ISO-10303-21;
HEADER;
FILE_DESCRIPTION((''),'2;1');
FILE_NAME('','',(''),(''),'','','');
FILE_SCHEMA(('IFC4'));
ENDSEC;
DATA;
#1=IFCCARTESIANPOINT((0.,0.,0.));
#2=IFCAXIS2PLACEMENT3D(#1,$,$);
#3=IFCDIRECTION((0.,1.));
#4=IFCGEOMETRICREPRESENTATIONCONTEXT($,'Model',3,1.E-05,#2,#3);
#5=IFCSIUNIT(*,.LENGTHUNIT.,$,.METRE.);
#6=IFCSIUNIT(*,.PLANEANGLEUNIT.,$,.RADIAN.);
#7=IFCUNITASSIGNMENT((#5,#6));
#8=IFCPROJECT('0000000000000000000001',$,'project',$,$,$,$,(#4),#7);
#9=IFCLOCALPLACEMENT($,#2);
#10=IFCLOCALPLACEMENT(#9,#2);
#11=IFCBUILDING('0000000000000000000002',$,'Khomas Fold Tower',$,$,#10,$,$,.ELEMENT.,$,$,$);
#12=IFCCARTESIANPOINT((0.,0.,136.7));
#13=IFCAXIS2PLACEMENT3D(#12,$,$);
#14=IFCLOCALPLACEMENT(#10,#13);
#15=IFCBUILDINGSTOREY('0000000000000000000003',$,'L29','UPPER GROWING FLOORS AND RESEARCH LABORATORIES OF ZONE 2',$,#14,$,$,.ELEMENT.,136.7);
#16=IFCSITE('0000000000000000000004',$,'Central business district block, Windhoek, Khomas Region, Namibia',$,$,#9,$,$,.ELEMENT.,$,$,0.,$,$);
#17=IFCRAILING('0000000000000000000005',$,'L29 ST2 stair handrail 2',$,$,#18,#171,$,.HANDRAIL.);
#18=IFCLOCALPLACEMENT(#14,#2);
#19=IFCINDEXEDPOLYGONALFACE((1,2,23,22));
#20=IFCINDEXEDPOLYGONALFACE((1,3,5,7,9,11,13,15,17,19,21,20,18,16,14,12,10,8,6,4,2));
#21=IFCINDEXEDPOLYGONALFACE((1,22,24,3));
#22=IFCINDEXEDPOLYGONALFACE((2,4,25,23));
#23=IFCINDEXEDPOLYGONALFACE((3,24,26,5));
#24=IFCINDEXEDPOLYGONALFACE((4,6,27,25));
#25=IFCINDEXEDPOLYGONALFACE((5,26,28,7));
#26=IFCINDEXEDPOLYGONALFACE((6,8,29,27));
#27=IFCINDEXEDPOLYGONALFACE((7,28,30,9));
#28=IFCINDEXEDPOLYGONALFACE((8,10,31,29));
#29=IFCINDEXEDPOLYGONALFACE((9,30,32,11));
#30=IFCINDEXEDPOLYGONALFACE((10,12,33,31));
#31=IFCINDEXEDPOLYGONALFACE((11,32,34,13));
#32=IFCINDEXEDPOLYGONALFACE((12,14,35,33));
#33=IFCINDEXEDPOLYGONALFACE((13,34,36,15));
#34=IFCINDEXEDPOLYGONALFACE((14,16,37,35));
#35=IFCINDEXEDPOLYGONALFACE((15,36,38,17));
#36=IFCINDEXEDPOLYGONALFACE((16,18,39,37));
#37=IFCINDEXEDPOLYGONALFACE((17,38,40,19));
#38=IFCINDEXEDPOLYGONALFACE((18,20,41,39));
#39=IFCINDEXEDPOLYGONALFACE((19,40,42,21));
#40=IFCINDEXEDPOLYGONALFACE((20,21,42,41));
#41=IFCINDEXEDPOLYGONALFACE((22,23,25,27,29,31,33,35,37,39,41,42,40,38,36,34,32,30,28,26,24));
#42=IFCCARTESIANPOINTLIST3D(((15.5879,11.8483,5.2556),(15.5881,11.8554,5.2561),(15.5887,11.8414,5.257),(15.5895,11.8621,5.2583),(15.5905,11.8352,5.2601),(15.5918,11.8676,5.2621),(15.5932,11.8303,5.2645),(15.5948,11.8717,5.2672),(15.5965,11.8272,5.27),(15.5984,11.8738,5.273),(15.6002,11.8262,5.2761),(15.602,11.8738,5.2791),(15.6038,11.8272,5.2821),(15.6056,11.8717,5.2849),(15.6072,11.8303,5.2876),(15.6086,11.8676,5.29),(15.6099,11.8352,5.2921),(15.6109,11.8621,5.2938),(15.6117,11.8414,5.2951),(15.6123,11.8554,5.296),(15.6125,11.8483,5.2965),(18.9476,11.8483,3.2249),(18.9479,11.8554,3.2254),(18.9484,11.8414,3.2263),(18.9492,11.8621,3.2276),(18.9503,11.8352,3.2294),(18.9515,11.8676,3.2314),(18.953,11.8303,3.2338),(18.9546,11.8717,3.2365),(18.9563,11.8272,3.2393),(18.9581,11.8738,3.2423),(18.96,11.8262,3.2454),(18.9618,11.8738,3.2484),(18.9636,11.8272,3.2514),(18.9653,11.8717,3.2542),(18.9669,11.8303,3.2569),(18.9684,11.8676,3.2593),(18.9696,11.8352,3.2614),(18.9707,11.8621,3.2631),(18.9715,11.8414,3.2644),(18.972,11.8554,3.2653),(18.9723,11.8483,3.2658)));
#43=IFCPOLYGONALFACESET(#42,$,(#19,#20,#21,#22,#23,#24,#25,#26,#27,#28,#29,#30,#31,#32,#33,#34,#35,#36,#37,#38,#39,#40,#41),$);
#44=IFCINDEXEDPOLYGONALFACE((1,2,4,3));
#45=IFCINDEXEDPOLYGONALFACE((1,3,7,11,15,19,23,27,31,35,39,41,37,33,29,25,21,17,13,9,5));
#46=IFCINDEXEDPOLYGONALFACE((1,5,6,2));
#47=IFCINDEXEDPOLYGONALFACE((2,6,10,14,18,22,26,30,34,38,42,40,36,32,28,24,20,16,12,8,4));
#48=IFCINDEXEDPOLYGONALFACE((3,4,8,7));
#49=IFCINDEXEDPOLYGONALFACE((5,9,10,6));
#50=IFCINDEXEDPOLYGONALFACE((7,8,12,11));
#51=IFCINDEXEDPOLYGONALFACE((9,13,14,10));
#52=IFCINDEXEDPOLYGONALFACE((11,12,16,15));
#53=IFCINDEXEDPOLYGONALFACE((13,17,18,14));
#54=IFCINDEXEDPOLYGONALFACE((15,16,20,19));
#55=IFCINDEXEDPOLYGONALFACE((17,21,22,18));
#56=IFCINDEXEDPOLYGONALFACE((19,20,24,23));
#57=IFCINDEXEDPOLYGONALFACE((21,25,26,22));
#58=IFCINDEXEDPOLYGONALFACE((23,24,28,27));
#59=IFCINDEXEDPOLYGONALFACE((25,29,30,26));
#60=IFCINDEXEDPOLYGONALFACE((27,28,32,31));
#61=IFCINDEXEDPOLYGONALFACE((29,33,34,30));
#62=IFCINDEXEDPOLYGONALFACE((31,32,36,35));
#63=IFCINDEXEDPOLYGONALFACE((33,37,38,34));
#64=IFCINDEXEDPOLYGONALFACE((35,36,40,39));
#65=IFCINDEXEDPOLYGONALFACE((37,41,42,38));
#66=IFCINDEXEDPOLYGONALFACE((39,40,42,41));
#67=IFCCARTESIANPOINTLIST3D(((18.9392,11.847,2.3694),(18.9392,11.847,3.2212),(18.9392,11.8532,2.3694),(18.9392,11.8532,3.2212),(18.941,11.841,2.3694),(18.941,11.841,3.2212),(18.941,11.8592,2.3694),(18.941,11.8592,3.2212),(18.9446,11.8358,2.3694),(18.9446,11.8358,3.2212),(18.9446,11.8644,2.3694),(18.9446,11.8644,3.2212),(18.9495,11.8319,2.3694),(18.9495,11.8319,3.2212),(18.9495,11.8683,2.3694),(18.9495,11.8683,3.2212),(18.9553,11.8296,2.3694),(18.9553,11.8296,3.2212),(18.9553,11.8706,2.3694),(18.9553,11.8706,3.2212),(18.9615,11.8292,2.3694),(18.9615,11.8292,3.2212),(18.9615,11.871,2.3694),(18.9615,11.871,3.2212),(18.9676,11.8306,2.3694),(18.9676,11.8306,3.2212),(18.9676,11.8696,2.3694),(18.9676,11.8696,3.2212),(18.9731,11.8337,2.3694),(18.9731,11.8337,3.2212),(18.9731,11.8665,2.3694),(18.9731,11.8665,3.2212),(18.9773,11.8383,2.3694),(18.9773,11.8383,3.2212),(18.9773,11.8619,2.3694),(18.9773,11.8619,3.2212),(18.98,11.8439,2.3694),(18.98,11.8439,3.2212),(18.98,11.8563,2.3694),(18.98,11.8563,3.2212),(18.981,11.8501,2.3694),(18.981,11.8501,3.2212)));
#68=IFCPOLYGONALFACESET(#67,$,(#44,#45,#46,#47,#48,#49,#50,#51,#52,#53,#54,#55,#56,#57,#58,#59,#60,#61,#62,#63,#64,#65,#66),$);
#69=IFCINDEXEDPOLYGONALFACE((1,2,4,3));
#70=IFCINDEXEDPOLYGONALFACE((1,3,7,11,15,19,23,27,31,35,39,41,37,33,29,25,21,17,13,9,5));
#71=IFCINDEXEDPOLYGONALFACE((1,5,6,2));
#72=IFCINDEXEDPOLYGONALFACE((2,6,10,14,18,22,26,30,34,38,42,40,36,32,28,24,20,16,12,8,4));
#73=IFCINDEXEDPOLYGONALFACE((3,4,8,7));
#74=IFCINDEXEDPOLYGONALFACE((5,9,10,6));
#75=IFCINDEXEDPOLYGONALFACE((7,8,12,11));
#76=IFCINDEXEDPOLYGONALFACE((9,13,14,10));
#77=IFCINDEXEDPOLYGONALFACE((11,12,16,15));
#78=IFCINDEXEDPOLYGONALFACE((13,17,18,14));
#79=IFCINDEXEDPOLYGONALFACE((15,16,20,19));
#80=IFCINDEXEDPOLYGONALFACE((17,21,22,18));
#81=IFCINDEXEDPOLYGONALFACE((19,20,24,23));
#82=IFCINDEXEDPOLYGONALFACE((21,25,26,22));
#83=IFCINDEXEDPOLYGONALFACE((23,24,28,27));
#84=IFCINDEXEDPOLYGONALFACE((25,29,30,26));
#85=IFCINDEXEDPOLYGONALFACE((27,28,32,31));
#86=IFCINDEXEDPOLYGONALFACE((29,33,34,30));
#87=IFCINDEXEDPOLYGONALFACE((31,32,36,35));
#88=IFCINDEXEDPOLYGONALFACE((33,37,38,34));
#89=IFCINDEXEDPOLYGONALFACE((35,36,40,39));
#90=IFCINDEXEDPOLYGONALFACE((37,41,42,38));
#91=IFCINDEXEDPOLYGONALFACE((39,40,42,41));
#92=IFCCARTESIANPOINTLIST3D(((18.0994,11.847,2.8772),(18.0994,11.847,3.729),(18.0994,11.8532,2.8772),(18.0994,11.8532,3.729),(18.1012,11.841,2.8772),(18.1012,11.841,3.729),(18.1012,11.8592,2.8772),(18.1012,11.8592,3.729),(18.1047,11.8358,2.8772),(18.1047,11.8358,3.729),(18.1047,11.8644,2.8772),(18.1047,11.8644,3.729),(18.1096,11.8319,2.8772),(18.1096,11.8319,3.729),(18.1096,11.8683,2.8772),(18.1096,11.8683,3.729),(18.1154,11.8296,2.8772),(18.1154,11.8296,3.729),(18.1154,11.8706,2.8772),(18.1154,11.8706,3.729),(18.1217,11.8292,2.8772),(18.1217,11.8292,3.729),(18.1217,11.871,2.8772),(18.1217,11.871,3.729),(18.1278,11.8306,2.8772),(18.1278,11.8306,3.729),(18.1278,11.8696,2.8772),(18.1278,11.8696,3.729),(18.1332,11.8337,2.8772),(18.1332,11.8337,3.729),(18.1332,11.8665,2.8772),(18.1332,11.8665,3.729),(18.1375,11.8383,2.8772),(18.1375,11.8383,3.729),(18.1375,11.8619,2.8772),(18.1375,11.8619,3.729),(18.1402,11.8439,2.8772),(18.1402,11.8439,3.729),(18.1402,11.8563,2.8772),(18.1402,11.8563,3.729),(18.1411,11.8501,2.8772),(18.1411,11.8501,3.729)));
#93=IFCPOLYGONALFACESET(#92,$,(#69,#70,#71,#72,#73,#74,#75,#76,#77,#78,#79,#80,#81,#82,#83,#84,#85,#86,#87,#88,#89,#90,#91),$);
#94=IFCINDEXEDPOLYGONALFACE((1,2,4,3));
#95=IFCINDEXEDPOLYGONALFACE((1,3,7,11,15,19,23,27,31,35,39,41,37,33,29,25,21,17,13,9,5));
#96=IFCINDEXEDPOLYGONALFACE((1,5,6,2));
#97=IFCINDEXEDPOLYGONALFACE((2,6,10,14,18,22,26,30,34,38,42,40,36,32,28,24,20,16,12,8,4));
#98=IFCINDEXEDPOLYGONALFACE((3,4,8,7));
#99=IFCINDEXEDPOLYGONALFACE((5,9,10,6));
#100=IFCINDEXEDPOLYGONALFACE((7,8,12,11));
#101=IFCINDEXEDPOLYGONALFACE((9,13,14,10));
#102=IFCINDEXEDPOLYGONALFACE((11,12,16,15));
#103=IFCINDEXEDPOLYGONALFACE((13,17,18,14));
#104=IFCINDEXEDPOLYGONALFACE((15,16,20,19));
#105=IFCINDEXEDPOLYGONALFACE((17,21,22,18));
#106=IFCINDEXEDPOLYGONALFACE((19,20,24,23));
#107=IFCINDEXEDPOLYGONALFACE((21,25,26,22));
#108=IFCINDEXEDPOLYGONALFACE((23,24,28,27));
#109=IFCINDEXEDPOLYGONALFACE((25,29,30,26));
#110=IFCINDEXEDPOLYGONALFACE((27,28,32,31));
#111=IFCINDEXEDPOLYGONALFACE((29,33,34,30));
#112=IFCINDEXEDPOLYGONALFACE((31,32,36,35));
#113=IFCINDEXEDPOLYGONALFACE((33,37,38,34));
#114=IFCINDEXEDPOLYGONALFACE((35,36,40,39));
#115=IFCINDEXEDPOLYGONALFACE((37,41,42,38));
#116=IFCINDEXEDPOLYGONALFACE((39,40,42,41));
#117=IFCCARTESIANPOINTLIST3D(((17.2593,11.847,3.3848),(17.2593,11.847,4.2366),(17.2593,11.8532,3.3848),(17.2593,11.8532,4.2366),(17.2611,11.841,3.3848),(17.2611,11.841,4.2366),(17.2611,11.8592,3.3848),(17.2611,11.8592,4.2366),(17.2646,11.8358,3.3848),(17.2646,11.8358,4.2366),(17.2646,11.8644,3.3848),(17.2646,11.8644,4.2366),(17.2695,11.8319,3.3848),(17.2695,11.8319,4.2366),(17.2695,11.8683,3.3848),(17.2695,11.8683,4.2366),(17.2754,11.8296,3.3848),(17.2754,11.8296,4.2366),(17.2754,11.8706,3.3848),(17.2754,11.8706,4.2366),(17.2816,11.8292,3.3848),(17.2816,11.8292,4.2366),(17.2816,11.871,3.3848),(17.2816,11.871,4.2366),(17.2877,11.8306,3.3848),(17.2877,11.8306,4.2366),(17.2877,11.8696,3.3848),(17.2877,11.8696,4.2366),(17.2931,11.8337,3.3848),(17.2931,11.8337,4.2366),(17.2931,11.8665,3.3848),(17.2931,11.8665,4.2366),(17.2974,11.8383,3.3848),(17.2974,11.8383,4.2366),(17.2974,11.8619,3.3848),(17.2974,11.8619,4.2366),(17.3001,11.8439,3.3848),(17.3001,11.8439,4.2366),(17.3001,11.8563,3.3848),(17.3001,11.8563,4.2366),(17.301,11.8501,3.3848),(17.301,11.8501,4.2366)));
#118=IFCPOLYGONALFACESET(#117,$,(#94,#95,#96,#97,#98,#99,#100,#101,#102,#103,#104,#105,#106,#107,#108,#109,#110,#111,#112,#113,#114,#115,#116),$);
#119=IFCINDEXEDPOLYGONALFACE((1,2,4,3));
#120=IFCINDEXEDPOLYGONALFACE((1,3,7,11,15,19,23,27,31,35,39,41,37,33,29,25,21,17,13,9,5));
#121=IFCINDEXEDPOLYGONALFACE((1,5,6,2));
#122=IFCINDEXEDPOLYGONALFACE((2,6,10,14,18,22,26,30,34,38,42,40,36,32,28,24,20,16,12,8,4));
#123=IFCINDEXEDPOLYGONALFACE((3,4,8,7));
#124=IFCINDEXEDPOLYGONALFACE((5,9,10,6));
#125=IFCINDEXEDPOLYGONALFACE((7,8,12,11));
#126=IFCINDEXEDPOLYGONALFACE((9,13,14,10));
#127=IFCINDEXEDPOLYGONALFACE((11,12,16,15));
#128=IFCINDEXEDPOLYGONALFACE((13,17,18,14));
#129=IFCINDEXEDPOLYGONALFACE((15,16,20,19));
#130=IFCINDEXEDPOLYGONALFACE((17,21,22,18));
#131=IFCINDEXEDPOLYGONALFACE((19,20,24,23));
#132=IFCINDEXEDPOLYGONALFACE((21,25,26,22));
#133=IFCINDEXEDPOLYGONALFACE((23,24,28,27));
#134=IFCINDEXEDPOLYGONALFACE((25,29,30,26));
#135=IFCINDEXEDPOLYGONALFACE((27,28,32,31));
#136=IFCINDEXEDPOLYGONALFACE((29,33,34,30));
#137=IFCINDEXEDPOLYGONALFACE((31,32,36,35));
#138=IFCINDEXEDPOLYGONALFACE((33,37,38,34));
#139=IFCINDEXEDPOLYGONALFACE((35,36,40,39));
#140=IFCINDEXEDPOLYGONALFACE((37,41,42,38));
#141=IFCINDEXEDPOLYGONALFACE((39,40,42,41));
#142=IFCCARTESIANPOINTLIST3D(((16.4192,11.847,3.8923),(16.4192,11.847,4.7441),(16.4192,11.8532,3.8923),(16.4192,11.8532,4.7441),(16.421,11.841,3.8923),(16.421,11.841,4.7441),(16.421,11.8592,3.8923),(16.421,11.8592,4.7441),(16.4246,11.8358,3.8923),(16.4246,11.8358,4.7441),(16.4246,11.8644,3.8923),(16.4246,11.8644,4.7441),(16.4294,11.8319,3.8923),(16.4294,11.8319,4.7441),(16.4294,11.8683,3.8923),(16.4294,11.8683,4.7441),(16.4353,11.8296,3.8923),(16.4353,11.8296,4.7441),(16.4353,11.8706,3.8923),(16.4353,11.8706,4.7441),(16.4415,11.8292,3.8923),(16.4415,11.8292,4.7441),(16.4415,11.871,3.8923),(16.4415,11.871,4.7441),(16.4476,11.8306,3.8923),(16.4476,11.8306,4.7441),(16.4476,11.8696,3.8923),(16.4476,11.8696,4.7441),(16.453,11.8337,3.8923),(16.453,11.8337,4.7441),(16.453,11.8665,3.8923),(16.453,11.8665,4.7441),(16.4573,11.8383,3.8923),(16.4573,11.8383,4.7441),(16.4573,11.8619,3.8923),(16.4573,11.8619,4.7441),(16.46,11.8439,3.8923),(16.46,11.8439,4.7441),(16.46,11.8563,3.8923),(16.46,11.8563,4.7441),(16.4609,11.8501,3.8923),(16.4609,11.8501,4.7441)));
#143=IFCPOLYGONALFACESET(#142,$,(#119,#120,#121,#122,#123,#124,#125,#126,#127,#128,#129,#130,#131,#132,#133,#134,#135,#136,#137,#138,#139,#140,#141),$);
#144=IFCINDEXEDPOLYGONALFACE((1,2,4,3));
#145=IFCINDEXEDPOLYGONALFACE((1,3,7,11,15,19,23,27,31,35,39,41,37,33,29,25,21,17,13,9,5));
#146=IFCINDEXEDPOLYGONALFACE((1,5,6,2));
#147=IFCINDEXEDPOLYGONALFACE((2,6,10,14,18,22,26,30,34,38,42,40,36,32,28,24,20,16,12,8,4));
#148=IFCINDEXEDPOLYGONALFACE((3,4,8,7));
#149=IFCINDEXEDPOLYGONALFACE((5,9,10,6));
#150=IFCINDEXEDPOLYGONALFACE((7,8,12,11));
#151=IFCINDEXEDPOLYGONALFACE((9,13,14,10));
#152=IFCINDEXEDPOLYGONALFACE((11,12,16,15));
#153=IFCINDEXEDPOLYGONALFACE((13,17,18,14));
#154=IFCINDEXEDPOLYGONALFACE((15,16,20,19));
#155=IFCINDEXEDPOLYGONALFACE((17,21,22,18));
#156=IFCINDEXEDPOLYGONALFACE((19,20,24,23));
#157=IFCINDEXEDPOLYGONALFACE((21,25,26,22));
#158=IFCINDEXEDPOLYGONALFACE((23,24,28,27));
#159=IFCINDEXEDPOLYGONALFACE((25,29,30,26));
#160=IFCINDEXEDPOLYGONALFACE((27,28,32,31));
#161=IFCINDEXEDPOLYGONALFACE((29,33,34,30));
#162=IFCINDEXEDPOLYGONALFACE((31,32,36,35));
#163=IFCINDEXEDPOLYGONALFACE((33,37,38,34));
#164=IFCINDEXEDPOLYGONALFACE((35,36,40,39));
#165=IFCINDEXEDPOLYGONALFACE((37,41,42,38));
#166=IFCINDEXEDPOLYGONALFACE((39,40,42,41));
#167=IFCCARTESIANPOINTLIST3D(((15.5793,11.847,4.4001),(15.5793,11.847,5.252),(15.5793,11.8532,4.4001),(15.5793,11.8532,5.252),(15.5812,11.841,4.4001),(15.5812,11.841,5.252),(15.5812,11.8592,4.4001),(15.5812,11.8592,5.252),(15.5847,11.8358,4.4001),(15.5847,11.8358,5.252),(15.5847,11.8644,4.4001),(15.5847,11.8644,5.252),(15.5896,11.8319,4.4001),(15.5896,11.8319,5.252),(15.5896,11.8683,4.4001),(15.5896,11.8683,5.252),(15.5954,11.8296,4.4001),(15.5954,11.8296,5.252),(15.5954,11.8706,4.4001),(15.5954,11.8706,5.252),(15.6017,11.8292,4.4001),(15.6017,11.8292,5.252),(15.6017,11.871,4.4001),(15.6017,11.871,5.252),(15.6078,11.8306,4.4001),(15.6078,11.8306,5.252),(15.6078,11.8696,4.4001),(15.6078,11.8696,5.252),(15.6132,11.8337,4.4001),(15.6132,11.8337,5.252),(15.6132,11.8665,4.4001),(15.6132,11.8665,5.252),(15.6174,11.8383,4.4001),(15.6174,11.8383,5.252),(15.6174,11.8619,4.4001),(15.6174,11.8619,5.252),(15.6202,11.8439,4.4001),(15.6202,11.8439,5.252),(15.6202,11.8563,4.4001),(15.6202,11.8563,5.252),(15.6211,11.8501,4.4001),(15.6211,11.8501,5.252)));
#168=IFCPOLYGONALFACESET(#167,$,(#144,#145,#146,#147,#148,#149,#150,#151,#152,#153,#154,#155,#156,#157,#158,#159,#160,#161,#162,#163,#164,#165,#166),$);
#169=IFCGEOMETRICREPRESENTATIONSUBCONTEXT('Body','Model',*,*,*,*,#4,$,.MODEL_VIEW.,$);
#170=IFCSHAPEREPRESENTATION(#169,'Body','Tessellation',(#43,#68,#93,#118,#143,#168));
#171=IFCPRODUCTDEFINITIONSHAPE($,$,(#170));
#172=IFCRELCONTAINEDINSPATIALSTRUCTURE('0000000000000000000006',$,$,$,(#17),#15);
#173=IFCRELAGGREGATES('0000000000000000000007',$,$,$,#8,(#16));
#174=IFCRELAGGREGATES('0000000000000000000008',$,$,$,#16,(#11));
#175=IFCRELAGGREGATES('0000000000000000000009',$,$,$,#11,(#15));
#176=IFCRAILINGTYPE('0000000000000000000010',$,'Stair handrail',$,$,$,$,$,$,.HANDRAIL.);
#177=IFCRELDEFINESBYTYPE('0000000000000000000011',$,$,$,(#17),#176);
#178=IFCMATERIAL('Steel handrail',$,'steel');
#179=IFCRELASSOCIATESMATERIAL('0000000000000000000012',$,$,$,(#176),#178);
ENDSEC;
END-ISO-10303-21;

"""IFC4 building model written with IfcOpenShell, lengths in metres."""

from ifc_helpers import new_model, si_unit, direction, frame, origin, origin_2d, place, context, subcontext, project, spatial, circle, extrude, source, transform, mapped, material, type_object, element, save


model = new_model("IFC4")

# Units and contexts
model_context = context("Model", 3, precision=1e-05, world=origin(), true_north=direction((0.0, 1.0)))
body_context = subcontext(model_context, "Body", "Model", "MODEL_VIEW")
ifc_project = project(units=[si_unit("LENGTHUNIT", "METRE"), si_unit("PLANEANGLEUNIT", "RADIAN")], contexts=[model_context])

# Site, building, storey
site_placement = place(None, origin())
site = spatial("IfcSite", under=ifc_project, at=site_placement, Name="Central business district block, Windhoek, Khomas Region, Namibia", CompositionType="ELEMENT", RefElevation=0.0)
building_placement = place(site_placement, origin())
building = spatial("IfcBuilding", under=site, at=building_placement, Name="Khomas Fold Tower", CompositionType="ELEMENT")
storey_placement = place(building_placement, frame((0.0, 0.0, 136.7)))
storey = spatial("IfcBuildingStorey", under=building, at=storey_placement, Name="L29", Description="UPPER GROWING FLOORS AND RESEARCH LABORATORIES OF ZONE 2", CompositionType="ELEMENT", Elevation=136.7)

# Railing
ifc_material_1 = material(Name="Steel handrail", Category="steel")
railing_type_1 = type_object("IfcRailingType", Name="Stair handrail", PredefinedType="HANDRAIL", material=ifc_material_1)
shared_shape_1 = source(origin(), body_context, "Body", "SweptSolid", [
    extrude(circle(Radius=0.0239, at=origin_2d()), frame((0.0, 0.0, 0.876), z_axis=(-0.85582, 0.0, 0.517273), x_axis=(0.0, -1.0, 0.0)), (0.0, 0.0, 1.0), 3.9258),
    extrude(circle(Radius=0.021, at=origin_2d()), origin(), (0.0, 0.0, 1.0), 0.8518),
    extrude(circle(Radius=0.021, at=origin_2d()), frame((-0.8398, 0.0, 0.5078)), (0.0, 0.0, 1.0), 0.8518),
    extrude(circle(Radius=0.021, at=origin_2d()), frame((-1.6799, 0.0, 1.0154)), (0.0, 0.0, 1.0), 0.8518),
    extrude(circle(Radius=0.021, at=origin_2d()), frame((-2.52, 0.0, 1.5229)), (0.0, 0.0, 1.0), 0.8518),
    extrude(circle(Radius=0.021, at=origin_2d()), frame((-3.3599, 0.0, 2.0308)), (0.0, 0.0, 1.0), 0.8518),
])
railing_1_placement = place(storey_placement, frame((18.96, 11.8501, 2.3694)))
element("IfcRailing", 1, at=railing_1_placement, inside=storey, type_object=railing_type_1, Name="L29 ST2 stair handrail 2", PredefinedType="HANDRAIL", context=body_context, shape_type="MappedRepresentation", body=[
    mapped(shared_shape_1, transform((0.0, 0.0, 0.0))),
])

save(model, "model.ifc")
